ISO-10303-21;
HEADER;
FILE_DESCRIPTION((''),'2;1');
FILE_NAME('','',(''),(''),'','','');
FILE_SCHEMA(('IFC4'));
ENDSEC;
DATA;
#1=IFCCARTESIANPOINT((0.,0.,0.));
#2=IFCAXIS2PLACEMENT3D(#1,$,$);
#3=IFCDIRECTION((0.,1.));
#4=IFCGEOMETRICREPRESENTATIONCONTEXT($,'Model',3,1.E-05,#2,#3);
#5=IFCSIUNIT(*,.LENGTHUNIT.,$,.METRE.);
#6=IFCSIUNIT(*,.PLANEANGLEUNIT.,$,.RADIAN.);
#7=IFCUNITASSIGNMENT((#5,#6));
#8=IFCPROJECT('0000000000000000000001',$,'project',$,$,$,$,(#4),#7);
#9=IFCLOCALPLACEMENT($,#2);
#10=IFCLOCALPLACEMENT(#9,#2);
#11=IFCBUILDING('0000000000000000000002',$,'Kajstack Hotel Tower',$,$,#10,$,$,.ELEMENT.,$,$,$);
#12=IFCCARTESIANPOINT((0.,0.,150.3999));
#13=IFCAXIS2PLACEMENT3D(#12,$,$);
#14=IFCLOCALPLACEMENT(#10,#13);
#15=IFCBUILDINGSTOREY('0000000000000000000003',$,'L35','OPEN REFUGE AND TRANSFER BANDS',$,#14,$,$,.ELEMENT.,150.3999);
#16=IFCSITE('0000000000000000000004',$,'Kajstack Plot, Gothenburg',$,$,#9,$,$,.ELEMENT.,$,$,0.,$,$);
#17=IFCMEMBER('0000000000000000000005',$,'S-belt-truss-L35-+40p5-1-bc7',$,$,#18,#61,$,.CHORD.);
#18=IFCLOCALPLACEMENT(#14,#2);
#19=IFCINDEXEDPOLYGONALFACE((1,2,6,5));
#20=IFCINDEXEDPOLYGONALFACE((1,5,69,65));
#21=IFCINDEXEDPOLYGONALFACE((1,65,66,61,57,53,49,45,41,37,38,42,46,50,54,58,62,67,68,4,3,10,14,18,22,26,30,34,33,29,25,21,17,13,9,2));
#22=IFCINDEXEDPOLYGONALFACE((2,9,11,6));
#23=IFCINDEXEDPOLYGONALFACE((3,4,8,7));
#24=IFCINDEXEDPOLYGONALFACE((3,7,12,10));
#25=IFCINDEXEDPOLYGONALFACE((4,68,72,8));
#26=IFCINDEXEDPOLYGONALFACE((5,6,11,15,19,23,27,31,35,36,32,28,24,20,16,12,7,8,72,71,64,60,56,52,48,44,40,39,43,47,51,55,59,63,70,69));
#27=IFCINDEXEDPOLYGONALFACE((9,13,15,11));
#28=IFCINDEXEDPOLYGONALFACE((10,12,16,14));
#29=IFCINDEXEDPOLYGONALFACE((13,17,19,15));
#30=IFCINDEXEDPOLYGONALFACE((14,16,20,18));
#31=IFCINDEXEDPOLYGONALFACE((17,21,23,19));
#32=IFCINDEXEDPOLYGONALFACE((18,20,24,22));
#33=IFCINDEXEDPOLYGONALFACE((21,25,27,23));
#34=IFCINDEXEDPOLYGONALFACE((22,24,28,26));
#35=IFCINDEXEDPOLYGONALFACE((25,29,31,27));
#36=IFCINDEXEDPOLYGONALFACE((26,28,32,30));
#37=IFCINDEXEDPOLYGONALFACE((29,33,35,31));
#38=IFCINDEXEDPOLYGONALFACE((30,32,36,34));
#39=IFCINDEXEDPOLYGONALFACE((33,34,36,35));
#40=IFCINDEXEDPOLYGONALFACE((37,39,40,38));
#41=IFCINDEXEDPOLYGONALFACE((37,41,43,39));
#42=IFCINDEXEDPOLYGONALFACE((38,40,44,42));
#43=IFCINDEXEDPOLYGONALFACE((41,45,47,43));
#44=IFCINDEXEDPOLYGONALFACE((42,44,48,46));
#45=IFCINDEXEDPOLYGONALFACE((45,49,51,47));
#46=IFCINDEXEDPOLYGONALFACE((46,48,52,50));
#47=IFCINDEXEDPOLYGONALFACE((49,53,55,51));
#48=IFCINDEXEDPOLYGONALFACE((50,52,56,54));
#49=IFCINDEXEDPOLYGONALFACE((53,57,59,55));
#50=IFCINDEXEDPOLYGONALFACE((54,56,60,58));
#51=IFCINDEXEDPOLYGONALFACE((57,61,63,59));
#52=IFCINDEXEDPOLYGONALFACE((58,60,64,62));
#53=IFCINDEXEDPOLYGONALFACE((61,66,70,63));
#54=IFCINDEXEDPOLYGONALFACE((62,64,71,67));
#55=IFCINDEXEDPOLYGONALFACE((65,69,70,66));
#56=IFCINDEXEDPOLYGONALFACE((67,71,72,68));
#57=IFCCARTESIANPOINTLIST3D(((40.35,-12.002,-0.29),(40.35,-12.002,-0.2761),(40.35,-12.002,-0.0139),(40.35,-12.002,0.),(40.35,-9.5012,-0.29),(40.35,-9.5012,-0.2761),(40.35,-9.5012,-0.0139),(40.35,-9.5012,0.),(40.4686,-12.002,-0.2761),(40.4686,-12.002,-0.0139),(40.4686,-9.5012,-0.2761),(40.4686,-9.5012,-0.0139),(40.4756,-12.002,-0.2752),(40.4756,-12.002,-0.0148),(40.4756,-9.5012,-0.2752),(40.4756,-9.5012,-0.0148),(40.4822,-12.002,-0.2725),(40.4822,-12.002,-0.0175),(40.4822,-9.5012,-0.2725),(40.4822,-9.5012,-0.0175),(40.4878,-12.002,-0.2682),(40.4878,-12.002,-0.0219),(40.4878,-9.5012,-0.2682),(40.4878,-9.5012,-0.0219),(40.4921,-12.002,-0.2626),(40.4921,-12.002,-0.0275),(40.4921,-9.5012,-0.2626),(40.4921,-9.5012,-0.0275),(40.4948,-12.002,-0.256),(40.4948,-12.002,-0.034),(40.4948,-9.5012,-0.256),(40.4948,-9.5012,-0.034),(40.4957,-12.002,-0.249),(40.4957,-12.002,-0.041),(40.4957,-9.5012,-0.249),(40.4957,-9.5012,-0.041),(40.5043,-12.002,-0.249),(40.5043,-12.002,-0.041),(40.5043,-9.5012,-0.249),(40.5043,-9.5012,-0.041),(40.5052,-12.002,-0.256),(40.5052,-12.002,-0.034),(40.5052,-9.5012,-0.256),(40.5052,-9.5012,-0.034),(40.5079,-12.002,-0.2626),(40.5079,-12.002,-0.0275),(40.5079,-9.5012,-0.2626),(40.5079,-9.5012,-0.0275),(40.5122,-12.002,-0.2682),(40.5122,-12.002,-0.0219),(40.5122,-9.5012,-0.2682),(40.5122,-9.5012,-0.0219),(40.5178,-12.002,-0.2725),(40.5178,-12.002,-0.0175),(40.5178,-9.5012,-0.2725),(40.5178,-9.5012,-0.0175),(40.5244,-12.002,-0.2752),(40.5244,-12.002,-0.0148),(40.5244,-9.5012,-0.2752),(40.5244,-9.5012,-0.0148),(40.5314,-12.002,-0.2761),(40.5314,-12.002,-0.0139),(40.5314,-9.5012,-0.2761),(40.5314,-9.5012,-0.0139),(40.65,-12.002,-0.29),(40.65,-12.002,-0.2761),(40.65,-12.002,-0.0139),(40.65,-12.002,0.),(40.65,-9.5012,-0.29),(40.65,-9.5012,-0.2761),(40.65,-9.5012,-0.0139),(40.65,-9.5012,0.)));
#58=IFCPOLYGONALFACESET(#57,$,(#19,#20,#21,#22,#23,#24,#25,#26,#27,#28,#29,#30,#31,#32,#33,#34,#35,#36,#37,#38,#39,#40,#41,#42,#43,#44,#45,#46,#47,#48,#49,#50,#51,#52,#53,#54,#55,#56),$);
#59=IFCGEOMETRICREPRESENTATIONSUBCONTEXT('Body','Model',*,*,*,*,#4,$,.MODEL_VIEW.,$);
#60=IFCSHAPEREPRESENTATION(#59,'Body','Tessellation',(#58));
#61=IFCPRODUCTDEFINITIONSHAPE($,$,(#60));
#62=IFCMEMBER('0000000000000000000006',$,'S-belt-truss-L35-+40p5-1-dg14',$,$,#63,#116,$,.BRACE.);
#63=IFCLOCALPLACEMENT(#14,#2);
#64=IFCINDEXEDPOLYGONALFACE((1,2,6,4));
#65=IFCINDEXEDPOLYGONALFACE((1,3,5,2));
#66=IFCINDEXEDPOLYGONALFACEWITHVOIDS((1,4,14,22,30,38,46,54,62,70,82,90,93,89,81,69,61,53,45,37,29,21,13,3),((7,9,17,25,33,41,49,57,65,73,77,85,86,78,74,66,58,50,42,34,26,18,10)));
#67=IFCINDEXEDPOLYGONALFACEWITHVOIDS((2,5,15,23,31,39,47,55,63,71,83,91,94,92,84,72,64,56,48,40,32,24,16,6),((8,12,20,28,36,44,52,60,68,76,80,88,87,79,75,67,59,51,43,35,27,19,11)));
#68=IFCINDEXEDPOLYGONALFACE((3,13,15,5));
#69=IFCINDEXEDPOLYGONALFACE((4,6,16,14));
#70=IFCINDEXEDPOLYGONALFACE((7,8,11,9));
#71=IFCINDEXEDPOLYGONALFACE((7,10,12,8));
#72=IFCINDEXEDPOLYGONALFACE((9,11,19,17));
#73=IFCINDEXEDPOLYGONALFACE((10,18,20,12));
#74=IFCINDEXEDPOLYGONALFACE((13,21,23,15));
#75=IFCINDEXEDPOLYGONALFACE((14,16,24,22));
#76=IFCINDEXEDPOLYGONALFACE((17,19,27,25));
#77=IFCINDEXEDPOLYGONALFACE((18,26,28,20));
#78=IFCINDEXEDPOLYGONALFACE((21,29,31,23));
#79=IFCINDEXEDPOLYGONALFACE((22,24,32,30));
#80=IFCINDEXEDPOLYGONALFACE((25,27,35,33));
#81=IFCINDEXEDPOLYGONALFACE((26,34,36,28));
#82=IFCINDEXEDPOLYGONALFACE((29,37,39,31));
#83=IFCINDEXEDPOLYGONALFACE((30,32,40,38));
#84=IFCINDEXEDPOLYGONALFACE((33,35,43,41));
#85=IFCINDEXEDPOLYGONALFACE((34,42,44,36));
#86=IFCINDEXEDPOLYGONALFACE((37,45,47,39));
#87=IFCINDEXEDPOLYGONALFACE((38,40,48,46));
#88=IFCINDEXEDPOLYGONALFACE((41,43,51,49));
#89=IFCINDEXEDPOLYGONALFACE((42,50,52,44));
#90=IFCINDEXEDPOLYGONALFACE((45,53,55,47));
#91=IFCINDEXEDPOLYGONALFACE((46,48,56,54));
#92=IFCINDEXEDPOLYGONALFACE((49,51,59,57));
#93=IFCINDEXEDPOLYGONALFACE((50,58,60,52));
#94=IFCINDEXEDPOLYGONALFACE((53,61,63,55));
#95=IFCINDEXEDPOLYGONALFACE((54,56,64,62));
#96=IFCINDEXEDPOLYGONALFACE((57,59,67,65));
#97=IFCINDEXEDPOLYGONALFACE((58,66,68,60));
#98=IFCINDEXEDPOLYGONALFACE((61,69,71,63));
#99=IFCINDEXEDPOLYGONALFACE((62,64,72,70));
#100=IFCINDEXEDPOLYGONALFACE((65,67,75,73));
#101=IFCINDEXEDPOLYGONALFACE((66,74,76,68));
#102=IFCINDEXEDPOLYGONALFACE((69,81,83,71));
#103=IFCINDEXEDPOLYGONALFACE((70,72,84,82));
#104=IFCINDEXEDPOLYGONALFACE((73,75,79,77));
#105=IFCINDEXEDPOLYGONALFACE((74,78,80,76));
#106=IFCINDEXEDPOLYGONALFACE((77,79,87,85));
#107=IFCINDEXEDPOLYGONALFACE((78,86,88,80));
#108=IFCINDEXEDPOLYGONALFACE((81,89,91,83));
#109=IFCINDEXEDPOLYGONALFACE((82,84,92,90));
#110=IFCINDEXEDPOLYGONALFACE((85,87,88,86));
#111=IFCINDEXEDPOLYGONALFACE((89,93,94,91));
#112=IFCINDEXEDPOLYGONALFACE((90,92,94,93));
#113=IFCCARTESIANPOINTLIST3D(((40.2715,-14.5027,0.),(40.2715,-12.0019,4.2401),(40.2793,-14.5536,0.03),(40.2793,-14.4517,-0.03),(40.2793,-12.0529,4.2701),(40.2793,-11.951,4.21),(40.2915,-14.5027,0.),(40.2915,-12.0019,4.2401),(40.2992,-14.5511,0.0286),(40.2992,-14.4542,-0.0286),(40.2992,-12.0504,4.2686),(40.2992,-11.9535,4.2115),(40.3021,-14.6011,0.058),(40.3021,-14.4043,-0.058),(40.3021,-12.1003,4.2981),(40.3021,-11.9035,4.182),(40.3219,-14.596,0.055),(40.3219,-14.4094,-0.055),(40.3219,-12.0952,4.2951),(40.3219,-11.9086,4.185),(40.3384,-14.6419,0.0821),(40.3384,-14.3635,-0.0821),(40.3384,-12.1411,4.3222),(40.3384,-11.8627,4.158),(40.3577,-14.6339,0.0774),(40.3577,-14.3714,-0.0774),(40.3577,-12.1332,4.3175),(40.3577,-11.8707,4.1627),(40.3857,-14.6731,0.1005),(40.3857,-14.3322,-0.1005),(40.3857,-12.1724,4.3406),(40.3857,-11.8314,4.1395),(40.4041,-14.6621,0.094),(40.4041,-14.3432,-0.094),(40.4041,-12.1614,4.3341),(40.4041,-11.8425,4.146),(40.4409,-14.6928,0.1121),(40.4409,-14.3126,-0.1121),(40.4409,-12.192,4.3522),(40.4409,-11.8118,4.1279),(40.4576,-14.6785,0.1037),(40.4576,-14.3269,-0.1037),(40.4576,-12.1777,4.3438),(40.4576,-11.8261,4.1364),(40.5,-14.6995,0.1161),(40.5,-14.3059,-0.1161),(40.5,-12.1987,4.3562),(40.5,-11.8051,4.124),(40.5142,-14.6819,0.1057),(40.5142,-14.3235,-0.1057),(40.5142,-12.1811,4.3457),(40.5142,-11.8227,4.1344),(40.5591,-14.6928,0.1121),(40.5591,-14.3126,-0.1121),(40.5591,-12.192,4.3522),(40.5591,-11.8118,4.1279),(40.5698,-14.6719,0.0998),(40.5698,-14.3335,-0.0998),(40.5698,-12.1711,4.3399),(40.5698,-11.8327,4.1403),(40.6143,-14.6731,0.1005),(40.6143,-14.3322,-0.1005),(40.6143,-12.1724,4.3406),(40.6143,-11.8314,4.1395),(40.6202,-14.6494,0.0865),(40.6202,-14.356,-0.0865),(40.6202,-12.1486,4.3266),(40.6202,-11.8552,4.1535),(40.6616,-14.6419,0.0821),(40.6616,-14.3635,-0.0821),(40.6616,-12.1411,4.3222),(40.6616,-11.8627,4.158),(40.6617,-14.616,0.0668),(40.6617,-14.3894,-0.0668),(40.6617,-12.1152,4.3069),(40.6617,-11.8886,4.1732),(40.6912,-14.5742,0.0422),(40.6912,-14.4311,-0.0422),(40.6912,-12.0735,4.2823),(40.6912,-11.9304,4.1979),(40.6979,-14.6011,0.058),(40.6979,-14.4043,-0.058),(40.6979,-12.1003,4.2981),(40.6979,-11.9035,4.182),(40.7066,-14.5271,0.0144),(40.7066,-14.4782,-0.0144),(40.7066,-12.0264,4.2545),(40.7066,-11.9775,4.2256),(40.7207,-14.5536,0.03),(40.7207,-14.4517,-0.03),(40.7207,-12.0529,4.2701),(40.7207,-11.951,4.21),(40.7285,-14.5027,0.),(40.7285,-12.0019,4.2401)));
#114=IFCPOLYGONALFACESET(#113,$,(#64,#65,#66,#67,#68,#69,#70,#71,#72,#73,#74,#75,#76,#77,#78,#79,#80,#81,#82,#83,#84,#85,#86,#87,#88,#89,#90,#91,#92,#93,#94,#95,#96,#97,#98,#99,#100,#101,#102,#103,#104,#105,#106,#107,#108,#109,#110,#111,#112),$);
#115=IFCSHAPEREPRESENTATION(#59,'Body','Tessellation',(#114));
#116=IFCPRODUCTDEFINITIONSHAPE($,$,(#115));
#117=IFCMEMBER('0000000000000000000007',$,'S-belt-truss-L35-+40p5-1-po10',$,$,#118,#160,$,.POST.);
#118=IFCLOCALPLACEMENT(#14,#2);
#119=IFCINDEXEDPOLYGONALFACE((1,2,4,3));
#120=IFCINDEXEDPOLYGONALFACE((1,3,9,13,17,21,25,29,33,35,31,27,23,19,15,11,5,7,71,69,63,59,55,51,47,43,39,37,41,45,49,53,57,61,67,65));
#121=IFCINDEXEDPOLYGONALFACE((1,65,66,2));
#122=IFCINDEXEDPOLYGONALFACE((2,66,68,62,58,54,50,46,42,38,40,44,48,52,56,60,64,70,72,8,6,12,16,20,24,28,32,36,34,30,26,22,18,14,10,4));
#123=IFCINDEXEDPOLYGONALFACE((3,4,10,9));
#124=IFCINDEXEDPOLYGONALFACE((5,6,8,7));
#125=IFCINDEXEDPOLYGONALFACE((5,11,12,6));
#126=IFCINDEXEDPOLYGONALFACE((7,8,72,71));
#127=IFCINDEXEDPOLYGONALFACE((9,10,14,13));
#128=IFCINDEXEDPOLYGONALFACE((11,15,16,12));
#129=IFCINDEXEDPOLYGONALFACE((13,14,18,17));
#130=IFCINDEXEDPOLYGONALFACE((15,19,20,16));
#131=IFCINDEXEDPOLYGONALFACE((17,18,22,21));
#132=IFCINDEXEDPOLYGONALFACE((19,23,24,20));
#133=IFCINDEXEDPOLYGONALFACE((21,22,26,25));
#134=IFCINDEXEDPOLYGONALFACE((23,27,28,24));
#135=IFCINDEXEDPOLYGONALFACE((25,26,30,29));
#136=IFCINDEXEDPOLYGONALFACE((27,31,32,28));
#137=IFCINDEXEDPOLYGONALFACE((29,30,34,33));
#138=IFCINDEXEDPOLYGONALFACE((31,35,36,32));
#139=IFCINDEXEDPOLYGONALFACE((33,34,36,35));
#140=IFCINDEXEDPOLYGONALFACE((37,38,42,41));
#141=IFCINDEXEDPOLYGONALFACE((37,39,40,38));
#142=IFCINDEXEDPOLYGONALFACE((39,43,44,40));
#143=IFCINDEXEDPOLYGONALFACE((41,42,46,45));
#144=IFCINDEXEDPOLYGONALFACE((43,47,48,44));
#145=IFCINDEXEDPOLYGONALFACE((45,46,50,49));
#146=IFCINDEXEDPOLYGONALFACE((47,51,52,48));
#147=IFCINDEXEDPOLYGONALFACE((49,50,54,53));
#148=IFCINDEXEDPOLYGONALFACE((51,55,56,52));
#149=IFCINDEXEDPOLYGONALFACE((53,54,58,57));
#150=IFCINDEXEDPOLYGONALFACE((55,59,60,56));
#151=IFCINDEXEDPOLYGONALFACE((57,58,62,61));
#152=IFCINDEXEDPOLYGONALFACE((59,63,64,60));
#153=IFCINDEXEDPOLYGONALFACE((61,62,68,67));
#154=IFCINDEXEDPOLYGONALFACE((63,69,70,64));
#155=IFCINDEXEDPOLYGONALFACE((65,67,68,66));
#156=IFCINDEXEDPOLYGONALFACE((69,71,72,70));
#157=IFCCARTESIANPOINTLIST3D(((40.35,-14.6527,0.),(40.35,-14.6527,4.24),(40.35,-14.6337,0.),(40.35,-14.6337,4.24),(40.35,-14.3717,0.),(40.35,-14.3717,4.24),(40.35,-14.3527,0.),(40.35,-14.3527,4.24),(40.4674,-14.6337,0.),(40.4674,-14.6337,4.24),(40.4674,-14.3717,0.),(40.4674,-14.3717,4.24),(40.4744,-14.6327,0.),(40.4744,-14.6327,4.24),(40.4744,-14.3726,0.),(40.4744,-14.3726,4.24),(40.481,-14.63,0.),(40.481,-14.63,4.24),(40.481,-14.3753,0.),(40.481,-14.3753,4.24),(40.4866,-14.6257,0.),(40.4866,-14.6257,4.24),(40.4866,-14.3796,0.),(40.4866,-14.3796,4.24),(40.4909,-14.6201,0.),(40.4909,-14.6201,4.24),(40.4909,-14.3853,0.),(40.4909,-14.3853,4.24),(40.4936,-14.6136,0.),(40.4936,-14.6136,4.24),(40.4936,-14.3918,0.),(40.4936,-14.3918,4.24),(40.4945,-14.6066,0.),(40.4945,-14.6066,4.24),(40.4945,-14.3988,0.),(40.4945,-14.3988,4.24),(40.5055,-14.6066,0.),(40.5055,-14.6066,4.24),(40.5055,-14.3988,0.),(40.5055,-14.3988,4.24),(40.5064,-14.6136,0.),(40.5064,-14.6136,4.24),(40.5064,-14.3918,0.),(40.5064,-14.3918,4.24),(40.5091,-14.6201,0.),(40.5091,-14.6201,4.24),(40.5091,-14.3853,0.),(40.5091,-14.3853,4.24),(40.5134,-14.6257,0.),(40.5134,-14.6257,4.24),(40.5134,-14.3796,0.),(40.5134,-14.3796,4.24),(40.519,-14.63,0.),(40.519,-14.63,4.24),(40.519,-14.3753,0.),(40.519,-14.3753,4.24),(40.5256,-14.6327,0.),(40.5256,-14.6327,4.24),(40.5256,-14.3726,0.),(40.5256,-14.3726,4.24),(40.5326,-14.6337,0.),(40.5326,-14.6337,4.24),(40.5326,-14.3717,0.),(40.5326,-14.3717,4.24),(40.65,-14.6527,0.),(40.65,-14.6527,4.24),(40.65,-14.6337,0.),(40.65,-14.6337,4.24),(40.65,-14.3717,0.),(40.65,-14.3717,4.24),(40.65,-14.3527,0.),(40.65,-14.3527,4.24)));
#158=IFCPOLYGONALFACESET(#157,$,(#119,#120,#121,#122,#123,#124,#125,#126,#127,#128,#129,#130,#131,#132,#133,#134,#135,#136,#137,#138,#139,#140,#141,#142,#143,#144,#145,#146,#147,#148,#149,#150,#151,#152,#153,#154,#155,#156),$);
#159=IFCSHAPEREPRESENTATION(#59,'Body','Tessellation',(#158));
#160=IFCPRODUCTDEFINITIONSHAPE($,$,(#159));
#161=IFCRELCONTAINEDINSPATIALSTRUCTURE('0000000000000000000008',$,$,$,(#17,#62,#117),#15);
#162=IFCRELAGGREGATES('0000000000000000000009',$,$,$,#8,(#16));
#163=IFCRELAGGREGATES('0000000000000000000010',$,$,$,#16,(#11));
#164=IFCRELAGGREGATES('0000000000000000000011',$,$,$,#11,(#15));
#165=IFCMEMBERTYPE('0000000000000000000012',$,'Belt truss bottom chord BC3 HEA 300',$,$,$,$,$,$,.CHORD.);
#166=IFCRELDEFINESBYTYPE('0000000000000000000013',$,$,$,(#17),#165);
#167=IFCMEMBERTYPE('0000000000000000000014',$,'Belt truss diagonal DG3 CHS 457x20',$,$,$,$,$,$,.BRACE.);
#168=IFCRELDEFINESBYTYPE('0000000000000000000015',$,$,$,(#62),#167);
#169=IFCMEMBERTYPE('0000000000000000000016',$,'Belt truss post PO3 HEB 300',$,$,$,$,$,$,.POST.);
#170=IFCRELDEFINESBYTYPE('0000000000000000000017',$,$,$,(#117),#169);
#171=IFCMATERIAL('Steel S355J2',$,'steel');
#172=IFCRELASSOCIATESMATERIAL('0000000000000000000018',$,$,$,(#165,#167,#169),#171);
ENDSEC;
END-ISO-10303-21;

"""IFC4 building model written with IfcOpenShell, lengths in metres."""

from ifc_helpers import new_model, si_unit, direction, frame, origin, origin_2d, place, context, subcontext, project, spatial, hollow_circle, i_section, extrude, material, material_profile, profile_set, type_object, element, save


model = new_model("IFC4")

# Units and contexts
model_context = context("Model", 3, precision=1e-05, world=origin(), true_north=direction((0.0, 1.0)))
body_context = subcontext(model_context, "Body", "Model", "MODEL_VIEW")
ifc_project = project(units=[si_unit("LENGTHUNIT", "METRE"), si_unit("PLANEANGLEUNIT", "RADIAN")], contexts=[model_context])

# Site, building, storey
site_placement = place(None, origin())
site = spatial("IfcSite", under=ifc_project, at=site_placement, Name="Kajstack Plot, Gothenburg", CompositionType="ELEMENT", RefElevation=0.0)
building_placement = place(site_placement, origin())
building = spatial("IfcBuilding", under=site, at=building_placement, Name="Kajstack Hotel Tower", CompositionType="ELEMENT")
storey_placement = place(building_placement, frame((0.0, 0.0, 150.3999)))
storey = spatial("IfcBuildingStorey", under=building, at=storey_placement, Name="L35", Description="OPEN REFUGE AND TRANSFER BANDS", CompositionType="ELEMENT", Elevation=150.3999)

# Members
ifc_material = material(Name="Steel S355J2", Category="steel")
ifc_material_profile_1 = material_profile(ifc_material, i_section(OverallWidth=0.3, OverallDepth=0.29, WebThickness=0.0085, FlangeThickness=0.0139, FilletRadius=0.0271, at=origin_2d()), Name="HEA 300")
ifc_profile_set_1 = profile_set([ifc_material_profile_1], Name="Steel S355J2")
member_type_1 = type_object("IfcMemberType", Name="Belt truss bottom chord BC3 HEA 300", PredefinedType="CHORD", material=ifc_profile_set_1)
member_1_placement = place(storey_placement, frame((40.5, -12.002, -0.145), z_axis=(0.0, 1.0, 0.0), x_axis=(-1.0, 0.0, 0.0)))
element("IfcMember", 1, at=member_1_placement, inside=storey, type_object=member_type_1, Name="S-belt-truss-L35-+40p5-1-bc7", PredefinedType="CHORD", context=body_context, shape_type="SweptSolid", body=[
    extrude(i_section(OverallWidth=0.3, OverallDepth=0.29, WebThickness=0.0085, FlangeThickness=0.0139, FilletRadius=0.0271, at=origin_2d()), origin(), (0.0, 0.0, 1.0), 2.5007),
])
ifc_material_profile_2 = material_profile(ifc_material, hollow_circle(Radius=0.2285, WallThickness=0.02, at=origin_2d()), Name="CHS 457x20")
ifc_profile_set_2 = profile_set([ifc_material_profile_2], Name="Steel S355J2")
member_type_2 = type_object("IfcMemberType", Name="Belt truss diagonal DG3 CHS 457x20", PredefinedType="BRACE", material=ifc_profile_set_2)
member_2_placement = place(storey_placement, frame((40.5, -14.5027, 0.0), z_axis=(0.0, 0.508019, 0.861346), x_axis=(-1.0, 0.0, 0.0)))
element("IfcMember", 2, at=member_2_placement, inside=storey, type_object=member_type_2, Name="S-belt-truss-L35-+40p5-1-dg14", PredefinedType="BRACE", context=body_context, shape_type="SweptSolid", body=[
    extrude(hollow_circle(Radius=0.2285, WallThickness=0.02, at=origin_2d()), origin(), (0.0, 0.0, 1.0), 4.9226),
])
ifc_material_profile_3 = material_profile(ifc_material, i_section(OverallWidth=0.3, OverallDepth=0.3, WebThickness=0.011, FlangeThickness=0.019, FilletRadius=0.0271, at=origin_2d()), Name="HEB 300")
ifc_profile_set_3 = profile_set([ifc_material_profile_3], Name="Steel S355J2")
member_type_3 = type_object("IfcMemberType", Name="Belt truss post PO3 HEB 300", PredefinedType="POST", material=ifc_profile_set_3)
for number, where, z_axis, x_axis, name in (
    (3, (40.5, -14.5027, 0.0), (0.0, 0.0, 1.0), (1.0, 0.0, 0.0), "S-belt-truss-L35-+40p5-1-po10"),
):
    element("IfcMember", number, at=place(storey_placement, frame(where, z_axis=z_axis, x_axis=x_axis)), inside=storey, type_object=member_type_3, Name=name, PredefinedType="POST", context=body_context, shape_type="SweptSolid", body=[
        extrude(i_section(OverallWidth=0.3, OverallDepth=0.3, WebThickness=0.011, FlangeThickness=0.019, FilletRadius=0.0271, at=origin_2d()), origin(), (0.0, 0.0, 1.0), 4.24),
    ])

save(model, "model.ifc")
